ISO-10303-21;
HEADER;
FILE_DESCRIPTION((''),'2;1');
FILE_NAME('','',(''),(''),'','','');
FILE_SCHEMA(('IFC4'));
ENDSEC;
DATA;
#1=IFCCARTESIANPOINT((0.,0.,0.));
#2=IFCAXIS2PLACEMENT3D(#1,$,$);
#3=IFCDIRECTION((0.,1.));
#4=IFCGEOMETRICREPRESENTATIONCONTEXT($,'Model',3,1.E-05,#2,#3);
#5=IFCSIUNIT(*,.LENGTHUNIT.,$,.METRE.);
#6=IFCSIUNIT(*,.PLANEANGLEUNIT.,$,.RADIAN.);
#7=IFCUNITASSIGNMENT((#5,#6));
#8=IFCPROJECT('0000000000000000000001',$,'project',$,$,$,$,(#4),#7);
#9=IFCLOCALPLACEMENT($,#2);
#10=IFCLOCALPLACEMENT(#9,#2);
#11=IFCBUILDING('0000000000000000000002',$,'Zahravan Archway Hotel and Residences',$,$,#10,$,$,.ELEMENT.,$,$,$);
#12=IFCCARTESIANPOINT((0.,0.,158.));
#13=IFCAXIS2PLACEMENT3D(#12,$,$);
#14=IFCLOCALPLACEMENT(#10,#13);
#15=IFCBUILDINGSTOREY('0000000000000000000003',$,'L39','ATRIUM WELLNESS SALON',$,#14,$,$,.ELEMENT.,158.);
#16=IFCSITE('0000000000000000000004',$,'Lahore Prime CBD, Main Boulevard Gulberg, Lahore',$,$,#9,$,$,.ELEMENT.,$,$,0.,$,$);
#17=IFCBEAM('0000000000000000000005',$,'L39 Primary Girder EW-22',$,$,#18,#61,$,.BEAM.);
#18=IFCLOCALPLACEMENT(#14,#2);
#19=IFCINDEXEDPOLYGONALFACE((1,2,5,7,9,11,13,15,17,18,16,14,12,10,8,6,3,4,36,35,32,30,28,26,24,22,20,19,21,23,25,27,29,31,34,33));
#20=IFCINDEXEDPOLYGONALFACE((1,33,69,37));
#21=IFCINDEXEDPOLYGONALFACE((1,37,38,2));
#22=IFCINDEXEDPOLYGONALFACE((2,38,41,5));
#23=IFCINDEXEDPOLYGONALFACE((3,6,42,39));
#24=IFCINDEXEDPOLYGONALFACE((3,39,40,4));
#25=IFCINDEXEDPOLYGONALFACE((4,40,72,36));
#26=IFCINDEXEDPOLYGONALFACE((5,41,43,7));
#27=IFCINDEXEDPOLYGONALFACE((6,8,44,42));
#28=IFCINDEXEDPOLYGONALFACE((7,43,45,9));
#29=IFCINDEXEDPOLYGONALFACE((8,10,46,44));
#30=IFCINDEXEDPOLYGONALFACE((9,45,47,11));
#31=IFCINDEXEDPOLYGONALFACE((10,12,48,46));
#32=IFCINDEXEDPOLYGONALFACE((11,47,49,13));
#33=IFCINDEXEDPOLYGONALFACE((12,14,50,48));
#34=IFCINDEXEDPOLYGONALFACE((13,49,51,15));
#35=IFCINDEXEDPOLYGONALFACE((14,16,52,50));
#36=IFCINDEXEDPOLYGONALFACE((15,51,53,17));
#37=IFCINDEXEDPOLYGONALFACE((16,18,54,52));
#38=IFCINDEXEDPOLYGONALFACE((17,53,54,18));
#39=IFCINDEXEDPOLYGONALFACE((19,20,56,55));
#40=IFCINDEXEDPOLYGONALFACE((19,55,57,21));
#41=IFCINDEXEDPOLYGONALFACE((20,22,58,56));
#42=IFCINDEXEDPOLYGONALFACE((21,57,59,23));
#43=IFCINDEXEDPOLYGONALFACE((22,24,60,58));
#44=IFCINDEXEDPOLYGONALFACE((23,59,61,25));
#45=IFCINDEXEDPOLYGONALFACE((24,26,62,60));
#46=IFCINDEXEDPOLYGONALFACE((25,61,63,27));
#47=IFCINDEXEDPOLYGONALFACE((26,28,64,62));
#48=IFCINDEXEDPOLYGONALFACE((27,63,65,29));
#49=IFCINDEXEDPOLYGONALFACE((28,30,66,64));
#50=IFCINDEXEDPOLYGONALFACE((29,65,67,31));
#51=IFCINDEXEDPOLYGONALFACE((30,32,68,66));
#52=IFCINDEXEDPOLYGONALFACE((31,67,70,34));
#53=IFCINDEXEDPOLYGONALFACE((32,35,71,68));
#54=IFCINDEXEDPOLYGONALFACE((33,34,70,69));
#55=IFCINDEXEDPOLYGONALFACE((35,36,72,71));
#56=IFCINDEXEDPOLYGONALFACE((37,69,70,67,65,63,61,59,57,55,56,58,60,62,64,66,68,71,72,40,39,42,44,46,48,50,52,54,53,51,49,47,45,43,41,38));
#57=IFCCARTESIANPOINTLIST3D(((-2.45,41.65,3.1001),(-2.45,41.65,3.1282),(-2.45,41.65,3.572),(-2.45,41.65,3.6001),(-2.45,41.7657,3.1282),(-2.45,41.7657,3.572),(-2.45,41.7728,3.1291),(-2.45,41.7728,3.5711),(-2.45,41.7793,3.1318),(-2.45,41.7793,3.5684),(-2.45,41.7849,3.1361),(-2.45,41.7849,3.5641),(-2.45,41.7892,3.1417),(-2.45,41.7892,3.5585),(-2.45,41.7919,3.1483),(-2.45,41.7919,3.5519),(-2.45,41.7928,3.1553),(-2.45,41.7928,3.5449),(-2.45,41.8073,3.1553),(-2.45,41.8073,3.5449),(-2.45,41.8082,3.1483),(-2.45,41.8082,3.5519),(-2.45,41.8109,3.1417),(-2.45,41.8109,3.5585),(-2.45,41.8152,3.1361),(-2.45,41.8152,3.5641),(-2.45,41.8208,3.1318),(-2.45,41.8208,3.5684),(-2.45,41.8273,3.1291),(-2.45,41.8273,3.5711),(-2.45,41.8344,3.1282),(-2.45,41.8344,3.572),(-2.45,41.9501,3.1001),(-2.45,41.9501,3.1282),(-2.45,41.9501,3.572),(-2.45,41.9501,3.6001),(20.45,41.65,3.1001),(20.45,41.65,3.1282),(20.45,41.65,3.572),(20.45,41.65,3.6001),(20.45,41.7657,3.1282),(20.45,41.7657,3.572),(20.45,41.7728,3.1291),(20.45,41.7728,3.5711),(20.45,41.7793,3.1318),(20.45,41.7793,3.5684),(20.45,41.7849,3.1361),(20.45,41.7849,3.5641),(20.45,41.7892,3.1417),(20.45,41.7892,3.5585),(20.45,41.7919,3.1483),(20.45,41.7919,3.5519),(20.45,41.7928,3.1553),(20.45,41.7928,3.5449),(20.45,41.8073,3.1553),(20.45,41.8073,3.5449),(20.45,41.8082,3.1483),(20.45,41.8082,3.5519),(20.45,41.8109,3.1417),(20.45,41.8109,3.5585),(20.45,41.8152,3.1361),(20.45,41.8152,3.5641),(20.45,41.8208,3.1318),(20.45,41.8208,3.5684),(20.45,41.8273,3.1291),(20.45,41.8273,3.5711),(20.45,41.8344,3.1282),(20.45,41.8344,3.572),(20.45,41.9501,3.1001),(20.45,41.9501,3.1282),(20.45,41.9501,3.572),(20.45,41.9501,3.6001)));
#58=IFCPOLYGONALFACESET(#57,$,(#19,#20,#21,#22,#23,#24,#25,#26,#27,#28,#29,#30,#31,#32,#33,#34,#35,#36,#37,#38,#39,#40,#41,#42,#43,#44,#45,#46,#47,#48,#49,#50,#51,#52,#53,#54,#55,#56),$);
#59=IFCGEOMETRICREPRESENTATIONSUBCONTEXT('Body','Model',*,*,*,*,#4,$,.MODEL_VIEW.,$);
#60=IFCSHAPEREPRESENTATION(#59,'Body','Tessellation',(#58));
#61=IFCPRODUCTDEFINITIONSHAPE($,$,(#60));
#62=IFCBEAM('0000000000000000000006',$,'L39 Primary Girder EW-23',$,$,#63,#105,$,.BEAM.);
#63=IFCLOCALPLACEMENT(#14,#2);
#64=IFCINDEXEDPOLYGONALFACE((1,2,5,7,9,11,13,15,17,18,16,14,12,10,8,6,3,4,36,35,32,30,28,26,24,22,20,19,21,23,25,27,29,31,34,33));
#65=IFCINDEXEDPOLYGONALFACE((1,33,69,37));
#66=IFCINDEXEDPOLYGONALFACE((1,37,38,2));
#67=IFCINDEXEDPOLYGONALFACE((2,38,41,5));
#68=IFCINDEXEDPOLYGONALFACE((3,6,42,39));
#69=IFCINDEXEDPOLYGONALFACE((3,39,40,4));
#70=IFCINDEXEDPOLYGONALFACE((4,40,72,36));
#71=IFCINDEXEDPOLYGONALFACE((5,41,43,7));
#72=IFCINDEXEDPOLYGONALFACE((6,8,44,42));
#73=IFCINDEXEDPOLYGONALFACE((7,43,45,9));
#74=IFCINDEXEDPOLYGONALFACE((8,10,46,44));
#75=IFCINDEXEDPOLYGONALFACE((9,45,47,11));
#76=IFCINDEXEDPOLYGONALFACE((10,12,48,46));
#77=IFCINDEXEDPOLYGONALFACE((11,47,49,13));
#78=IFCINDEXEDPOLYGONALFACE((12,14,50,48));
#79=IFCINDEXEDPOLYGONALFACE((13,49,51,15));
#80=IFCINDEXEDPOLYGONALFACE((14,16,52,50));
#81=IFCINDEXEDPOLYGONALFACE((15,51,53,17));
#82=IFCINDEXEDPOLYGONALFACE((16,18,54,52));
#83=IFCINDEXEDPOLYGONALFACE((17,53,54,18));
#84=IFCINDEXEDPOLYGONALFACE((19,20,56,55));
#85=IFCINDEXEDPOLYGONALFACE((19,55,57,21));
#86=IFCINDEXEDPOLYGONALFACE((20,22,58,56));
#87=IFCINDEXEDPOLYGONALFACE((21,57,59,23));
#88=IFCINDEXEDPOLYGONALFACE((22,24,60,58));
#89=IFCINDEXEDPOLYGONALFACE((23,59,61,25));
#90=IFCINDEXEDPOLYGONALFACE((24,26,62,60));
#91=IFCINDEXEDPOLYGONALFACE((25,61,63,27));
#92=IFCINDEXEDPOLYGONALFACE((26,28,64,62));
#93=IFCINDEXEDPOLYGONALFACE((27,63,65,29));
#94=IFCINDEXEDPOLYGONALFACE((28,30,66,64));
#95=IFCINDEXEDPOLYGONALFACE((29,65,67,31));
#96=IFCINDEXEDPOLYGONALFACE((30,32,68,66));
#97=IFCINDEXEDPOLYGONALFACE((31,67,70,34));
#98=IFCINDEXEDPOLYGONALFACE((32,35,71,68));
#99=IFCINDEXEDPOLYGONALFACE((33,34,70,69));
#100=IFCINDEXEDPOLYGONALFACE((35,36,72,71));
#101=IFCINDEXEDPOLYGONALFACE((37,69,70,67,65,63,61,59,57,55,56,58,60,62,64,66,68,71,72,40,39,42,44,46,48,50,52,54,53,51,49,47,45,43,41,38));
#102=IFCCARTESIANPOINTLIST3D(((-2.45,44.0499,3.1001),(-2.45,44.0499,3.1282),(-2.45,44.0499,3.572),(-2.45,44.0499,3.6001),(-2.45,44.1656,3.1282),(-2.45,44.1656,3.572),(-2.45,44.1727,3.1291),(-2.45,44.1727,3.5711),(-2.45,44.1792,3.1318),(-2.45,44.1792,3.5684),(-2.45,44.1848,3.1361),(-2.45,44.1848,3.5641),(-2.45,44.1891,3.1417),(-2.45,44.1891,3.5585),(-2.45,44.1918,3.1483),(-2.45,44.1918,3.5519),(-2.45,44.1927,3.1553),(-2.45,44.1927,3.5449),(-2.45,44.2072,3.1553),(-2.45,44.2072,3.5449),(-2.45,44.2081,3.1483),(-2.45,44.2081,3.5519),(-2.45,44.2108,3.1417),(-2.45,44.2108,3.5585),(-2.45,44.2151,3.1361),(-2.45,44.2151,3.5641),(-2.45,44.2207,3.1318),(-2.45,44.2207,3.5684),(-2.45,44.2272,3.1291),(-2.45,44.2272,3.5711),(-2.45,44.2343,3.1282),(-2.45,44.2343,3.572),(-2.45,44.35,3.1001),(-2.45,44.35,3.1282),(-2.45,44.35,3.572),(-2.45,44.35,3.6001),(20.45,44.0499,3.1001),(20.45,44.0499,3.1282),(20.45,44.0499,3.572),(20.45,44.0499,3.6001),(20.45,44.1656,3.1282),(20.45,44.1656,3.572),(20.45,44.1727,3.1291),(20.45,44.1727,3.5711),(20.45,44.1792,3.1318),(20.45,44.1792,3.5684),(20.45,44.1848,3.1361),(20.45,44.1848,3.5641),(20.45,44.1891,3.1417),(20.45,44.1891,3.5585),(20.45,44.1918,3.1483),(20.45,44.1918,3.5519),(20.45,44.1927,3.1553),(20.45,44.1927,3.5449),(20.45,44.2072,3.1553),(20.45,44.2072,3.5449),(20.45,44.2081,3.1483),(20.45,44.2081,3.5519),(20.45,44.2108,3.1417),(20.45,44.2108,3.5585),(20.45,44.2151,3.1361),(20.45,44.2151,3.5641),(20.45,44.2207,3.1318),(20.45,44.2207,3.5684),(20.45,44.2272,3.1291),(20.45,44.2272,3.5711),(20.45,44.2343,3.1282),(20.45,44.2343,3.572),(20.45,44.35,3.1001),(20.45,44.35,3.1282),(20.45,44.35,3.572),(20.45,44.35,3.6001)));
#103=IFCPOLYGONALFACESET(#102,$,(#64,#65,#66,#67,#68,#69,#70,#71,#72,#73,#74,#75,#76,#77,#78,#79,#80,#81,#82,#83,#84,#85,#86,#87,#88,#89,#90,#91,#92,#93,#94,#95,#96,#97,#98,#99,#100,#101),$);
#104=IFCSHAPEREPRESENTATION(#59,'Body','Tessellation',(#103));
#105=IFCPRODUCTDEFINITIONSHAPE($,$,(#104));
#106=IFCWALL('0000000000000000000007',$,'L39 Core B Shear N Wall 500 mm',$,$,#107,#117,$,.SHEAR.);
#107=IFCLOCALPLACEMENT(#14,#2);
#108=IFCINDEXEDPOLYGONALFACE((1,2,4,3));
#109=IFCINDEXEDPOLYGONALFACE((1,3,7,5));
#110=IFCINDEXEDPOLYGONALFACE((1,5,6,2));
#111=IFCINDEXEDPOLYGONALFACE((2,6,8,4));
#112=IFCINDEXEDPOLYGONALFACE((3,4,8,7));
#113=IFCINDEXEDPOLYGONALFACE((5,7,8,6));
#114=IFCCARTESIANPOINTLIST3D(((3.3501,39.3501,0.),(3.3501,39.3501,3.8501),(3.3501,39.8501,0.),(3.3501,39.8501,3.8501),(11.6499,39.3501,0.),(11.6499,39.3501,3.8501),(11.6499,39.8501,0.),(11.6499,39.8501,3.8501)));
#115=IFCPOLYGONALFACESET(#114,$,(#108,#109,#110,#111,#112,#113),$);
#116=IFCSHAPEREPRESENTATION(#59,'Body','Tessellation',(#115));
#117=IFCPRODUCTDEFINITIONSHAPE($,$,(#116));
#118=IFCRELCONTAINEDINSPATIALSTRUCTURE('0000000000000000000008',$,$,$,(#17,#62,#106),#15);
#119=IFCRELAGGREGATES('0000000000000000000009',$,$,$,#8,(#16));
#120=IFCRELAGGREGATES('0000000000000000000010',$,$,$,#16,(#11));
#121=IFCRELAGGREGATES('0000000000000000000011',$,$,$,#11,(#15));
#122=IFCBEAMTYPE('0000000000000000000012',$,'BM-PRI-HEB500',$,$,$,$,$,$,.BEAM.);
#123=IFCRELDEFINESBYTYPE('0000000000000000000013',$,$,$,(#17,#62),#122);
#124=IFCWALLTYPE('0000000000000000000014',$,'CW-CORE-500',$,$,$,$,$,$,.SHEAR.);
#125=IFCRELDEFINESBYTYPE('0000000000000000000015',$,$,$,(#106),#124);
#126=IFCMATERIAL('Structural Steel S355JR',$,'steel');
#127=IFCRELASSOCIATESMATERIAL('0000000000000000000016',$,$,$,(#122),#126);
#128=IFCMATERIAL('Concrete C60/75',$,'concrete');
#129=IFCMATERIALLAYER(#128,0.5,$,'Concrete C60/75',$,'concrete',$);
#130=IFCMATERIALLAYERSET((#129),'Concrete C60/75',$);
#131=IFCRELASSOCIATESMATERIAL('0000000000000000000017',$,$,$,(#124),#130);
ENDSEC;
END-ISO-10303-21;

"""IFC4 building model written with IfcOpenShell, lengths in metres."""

from ifc_helpers import new_model, si_unit, direction, frame, frame_2d, origin, origin_2d, place, context, subcontext, project, spatial, rectangle, i_section, extrude, source, transform, mapped, material, layer, layer_set, material_profile, profile_set, type_object, element, save


model = new_model("IFC4")

# Units and contexts
model_context = context("Model", 3, precision=1e-05, world=origin(), true_north=direction((0.0, 1.0)))
body_context = subcontext(model_context, "Body", "Model", "MODEL_VIEW")
ifc_project = project(units=[si_unit("LENGTHUNIT", "METRE"), si_unit("PLANEANGLEUNIT", "RADIAN")], contexts=[model_context])

# Site, building, storey
site_placement = place(None, origin())
site = spatial("IfcSite", under=ifc_project, at=site_placement, Name="Lahore Prime CBD, Main Boulevard Gulberg, Lahore", CompositionType="ELEMENT", RefElevation=0.0)
building_placement = place(site_placement, origin())
building = spatial("IfcBuilding", under=site, at=building_placement, Name="Zahravan Archway Hotel and Residences", CompositionType="ELEMENT")
storey_placement = place(building_placement, frame((0.0, 0.0, 158.0)))
storey = spatial("IfcBuildingStorey", under=building, at=storey_placement, Name="L39", Description="ATRIUM WELLNESS SALON", CompositionType="ELEMENT", Elevation=158.0)

# Shared definitions
ifc_material_1 = material(Name="Concrete C60/75", Category="concrete")

# Beams
ifc_material_2 = material(Name="Structural Steel S355JR", Category="steel")
ifc_material_profile_1 = material_profile(ifc_material_2, i_section(OverallWidth=0.3, OverallDepth=0.5, WebThickness=0.0144, FlangeThickness=0.0281, FilletRadius=0.0271, at=origin_2d()), Name="HEB 500", Category="steel")
ifc_profile_set_1 = profile_set([ifc_material_profile_1], Name="Structural Steel S355JR")
beam_type_1 = type_object("IfcBeamType", Name="BM-PRI-HEB500", PredefinedType="BEAM", material=ifc_profile_set_1)
shared_shape_1 = source(origin(), body_context, "Body", "SweptSolid", [
    extrude(i_section(OverallWidth=0.3, OverallDepth=0.5, WebThickness=0.0144, FlangeThickness=0.0281, FilletRadius=0.0271, at=origin_2d()), origin(), (0.0, 0.0, 1.0), 22.8999),
])
for number, where, z_axis, x_axis, name in (
    (1, (-2.45, 41.8, 3.3501), (1.0, 0.0, 0.0), (0.0, 1.0, 0.0), "L39 Primary Girder EW-22"),
    (2, (-2.45, 44.2, 3.3501), (1.0, 0.0, 0.0), (0.0, 1.0, 0.0), "L39 Primary Girder EW-23"),
):
    element("IfcBeam", number, at=place(storey_placement, frame(where, z_axis=z_axis, x_axis=x_axis)), inside=storey, type_object=beam_type_1, Name=name, PredefinedType="BEAM", context=body_context, shape_type="MappedRepresentation", body=[
        mapped(shared_shape_1, transform((0.0, 0.0, 0.0), scale=1.0)),
    ])

# Wall
ifc_layer_1 = layer(ifc_material_1, 0.5, Name="Concrete C60/75", Category="concrete")
ifc_layer_set_1 = layer_set([ifc_layer_1], Name="Concrete C60/75")
wall_type_1 = type_object("IfcWallType", Name="CW-CORE-500", PredefinedType="SHEAR", material=ifc_layer_set_1)
wall_1_placement = place(storey_placement, frame((3.3501, 39.6001, 0.0), z_axis=(0.0, 0.0, 1.0), x_axis=(1.0, 0.0, 0.0)))
element("IfcWall", 3, at=wall_1_placement, inside=storey, type_object=wall_type_1, Name="L39 Core B Shear N Wall 500 mm", PredefinedType="SHEAR", context=body_context, shape_type="SweptSolid", body=[
    extrude(rectangle(XDim=8.2998, YDim=0.5, at=frame_2d((4.1499, 0.0))), origin(), (0.0, 0.0, 1.0), 3.8501),
])

save(model, "model.ifc")
